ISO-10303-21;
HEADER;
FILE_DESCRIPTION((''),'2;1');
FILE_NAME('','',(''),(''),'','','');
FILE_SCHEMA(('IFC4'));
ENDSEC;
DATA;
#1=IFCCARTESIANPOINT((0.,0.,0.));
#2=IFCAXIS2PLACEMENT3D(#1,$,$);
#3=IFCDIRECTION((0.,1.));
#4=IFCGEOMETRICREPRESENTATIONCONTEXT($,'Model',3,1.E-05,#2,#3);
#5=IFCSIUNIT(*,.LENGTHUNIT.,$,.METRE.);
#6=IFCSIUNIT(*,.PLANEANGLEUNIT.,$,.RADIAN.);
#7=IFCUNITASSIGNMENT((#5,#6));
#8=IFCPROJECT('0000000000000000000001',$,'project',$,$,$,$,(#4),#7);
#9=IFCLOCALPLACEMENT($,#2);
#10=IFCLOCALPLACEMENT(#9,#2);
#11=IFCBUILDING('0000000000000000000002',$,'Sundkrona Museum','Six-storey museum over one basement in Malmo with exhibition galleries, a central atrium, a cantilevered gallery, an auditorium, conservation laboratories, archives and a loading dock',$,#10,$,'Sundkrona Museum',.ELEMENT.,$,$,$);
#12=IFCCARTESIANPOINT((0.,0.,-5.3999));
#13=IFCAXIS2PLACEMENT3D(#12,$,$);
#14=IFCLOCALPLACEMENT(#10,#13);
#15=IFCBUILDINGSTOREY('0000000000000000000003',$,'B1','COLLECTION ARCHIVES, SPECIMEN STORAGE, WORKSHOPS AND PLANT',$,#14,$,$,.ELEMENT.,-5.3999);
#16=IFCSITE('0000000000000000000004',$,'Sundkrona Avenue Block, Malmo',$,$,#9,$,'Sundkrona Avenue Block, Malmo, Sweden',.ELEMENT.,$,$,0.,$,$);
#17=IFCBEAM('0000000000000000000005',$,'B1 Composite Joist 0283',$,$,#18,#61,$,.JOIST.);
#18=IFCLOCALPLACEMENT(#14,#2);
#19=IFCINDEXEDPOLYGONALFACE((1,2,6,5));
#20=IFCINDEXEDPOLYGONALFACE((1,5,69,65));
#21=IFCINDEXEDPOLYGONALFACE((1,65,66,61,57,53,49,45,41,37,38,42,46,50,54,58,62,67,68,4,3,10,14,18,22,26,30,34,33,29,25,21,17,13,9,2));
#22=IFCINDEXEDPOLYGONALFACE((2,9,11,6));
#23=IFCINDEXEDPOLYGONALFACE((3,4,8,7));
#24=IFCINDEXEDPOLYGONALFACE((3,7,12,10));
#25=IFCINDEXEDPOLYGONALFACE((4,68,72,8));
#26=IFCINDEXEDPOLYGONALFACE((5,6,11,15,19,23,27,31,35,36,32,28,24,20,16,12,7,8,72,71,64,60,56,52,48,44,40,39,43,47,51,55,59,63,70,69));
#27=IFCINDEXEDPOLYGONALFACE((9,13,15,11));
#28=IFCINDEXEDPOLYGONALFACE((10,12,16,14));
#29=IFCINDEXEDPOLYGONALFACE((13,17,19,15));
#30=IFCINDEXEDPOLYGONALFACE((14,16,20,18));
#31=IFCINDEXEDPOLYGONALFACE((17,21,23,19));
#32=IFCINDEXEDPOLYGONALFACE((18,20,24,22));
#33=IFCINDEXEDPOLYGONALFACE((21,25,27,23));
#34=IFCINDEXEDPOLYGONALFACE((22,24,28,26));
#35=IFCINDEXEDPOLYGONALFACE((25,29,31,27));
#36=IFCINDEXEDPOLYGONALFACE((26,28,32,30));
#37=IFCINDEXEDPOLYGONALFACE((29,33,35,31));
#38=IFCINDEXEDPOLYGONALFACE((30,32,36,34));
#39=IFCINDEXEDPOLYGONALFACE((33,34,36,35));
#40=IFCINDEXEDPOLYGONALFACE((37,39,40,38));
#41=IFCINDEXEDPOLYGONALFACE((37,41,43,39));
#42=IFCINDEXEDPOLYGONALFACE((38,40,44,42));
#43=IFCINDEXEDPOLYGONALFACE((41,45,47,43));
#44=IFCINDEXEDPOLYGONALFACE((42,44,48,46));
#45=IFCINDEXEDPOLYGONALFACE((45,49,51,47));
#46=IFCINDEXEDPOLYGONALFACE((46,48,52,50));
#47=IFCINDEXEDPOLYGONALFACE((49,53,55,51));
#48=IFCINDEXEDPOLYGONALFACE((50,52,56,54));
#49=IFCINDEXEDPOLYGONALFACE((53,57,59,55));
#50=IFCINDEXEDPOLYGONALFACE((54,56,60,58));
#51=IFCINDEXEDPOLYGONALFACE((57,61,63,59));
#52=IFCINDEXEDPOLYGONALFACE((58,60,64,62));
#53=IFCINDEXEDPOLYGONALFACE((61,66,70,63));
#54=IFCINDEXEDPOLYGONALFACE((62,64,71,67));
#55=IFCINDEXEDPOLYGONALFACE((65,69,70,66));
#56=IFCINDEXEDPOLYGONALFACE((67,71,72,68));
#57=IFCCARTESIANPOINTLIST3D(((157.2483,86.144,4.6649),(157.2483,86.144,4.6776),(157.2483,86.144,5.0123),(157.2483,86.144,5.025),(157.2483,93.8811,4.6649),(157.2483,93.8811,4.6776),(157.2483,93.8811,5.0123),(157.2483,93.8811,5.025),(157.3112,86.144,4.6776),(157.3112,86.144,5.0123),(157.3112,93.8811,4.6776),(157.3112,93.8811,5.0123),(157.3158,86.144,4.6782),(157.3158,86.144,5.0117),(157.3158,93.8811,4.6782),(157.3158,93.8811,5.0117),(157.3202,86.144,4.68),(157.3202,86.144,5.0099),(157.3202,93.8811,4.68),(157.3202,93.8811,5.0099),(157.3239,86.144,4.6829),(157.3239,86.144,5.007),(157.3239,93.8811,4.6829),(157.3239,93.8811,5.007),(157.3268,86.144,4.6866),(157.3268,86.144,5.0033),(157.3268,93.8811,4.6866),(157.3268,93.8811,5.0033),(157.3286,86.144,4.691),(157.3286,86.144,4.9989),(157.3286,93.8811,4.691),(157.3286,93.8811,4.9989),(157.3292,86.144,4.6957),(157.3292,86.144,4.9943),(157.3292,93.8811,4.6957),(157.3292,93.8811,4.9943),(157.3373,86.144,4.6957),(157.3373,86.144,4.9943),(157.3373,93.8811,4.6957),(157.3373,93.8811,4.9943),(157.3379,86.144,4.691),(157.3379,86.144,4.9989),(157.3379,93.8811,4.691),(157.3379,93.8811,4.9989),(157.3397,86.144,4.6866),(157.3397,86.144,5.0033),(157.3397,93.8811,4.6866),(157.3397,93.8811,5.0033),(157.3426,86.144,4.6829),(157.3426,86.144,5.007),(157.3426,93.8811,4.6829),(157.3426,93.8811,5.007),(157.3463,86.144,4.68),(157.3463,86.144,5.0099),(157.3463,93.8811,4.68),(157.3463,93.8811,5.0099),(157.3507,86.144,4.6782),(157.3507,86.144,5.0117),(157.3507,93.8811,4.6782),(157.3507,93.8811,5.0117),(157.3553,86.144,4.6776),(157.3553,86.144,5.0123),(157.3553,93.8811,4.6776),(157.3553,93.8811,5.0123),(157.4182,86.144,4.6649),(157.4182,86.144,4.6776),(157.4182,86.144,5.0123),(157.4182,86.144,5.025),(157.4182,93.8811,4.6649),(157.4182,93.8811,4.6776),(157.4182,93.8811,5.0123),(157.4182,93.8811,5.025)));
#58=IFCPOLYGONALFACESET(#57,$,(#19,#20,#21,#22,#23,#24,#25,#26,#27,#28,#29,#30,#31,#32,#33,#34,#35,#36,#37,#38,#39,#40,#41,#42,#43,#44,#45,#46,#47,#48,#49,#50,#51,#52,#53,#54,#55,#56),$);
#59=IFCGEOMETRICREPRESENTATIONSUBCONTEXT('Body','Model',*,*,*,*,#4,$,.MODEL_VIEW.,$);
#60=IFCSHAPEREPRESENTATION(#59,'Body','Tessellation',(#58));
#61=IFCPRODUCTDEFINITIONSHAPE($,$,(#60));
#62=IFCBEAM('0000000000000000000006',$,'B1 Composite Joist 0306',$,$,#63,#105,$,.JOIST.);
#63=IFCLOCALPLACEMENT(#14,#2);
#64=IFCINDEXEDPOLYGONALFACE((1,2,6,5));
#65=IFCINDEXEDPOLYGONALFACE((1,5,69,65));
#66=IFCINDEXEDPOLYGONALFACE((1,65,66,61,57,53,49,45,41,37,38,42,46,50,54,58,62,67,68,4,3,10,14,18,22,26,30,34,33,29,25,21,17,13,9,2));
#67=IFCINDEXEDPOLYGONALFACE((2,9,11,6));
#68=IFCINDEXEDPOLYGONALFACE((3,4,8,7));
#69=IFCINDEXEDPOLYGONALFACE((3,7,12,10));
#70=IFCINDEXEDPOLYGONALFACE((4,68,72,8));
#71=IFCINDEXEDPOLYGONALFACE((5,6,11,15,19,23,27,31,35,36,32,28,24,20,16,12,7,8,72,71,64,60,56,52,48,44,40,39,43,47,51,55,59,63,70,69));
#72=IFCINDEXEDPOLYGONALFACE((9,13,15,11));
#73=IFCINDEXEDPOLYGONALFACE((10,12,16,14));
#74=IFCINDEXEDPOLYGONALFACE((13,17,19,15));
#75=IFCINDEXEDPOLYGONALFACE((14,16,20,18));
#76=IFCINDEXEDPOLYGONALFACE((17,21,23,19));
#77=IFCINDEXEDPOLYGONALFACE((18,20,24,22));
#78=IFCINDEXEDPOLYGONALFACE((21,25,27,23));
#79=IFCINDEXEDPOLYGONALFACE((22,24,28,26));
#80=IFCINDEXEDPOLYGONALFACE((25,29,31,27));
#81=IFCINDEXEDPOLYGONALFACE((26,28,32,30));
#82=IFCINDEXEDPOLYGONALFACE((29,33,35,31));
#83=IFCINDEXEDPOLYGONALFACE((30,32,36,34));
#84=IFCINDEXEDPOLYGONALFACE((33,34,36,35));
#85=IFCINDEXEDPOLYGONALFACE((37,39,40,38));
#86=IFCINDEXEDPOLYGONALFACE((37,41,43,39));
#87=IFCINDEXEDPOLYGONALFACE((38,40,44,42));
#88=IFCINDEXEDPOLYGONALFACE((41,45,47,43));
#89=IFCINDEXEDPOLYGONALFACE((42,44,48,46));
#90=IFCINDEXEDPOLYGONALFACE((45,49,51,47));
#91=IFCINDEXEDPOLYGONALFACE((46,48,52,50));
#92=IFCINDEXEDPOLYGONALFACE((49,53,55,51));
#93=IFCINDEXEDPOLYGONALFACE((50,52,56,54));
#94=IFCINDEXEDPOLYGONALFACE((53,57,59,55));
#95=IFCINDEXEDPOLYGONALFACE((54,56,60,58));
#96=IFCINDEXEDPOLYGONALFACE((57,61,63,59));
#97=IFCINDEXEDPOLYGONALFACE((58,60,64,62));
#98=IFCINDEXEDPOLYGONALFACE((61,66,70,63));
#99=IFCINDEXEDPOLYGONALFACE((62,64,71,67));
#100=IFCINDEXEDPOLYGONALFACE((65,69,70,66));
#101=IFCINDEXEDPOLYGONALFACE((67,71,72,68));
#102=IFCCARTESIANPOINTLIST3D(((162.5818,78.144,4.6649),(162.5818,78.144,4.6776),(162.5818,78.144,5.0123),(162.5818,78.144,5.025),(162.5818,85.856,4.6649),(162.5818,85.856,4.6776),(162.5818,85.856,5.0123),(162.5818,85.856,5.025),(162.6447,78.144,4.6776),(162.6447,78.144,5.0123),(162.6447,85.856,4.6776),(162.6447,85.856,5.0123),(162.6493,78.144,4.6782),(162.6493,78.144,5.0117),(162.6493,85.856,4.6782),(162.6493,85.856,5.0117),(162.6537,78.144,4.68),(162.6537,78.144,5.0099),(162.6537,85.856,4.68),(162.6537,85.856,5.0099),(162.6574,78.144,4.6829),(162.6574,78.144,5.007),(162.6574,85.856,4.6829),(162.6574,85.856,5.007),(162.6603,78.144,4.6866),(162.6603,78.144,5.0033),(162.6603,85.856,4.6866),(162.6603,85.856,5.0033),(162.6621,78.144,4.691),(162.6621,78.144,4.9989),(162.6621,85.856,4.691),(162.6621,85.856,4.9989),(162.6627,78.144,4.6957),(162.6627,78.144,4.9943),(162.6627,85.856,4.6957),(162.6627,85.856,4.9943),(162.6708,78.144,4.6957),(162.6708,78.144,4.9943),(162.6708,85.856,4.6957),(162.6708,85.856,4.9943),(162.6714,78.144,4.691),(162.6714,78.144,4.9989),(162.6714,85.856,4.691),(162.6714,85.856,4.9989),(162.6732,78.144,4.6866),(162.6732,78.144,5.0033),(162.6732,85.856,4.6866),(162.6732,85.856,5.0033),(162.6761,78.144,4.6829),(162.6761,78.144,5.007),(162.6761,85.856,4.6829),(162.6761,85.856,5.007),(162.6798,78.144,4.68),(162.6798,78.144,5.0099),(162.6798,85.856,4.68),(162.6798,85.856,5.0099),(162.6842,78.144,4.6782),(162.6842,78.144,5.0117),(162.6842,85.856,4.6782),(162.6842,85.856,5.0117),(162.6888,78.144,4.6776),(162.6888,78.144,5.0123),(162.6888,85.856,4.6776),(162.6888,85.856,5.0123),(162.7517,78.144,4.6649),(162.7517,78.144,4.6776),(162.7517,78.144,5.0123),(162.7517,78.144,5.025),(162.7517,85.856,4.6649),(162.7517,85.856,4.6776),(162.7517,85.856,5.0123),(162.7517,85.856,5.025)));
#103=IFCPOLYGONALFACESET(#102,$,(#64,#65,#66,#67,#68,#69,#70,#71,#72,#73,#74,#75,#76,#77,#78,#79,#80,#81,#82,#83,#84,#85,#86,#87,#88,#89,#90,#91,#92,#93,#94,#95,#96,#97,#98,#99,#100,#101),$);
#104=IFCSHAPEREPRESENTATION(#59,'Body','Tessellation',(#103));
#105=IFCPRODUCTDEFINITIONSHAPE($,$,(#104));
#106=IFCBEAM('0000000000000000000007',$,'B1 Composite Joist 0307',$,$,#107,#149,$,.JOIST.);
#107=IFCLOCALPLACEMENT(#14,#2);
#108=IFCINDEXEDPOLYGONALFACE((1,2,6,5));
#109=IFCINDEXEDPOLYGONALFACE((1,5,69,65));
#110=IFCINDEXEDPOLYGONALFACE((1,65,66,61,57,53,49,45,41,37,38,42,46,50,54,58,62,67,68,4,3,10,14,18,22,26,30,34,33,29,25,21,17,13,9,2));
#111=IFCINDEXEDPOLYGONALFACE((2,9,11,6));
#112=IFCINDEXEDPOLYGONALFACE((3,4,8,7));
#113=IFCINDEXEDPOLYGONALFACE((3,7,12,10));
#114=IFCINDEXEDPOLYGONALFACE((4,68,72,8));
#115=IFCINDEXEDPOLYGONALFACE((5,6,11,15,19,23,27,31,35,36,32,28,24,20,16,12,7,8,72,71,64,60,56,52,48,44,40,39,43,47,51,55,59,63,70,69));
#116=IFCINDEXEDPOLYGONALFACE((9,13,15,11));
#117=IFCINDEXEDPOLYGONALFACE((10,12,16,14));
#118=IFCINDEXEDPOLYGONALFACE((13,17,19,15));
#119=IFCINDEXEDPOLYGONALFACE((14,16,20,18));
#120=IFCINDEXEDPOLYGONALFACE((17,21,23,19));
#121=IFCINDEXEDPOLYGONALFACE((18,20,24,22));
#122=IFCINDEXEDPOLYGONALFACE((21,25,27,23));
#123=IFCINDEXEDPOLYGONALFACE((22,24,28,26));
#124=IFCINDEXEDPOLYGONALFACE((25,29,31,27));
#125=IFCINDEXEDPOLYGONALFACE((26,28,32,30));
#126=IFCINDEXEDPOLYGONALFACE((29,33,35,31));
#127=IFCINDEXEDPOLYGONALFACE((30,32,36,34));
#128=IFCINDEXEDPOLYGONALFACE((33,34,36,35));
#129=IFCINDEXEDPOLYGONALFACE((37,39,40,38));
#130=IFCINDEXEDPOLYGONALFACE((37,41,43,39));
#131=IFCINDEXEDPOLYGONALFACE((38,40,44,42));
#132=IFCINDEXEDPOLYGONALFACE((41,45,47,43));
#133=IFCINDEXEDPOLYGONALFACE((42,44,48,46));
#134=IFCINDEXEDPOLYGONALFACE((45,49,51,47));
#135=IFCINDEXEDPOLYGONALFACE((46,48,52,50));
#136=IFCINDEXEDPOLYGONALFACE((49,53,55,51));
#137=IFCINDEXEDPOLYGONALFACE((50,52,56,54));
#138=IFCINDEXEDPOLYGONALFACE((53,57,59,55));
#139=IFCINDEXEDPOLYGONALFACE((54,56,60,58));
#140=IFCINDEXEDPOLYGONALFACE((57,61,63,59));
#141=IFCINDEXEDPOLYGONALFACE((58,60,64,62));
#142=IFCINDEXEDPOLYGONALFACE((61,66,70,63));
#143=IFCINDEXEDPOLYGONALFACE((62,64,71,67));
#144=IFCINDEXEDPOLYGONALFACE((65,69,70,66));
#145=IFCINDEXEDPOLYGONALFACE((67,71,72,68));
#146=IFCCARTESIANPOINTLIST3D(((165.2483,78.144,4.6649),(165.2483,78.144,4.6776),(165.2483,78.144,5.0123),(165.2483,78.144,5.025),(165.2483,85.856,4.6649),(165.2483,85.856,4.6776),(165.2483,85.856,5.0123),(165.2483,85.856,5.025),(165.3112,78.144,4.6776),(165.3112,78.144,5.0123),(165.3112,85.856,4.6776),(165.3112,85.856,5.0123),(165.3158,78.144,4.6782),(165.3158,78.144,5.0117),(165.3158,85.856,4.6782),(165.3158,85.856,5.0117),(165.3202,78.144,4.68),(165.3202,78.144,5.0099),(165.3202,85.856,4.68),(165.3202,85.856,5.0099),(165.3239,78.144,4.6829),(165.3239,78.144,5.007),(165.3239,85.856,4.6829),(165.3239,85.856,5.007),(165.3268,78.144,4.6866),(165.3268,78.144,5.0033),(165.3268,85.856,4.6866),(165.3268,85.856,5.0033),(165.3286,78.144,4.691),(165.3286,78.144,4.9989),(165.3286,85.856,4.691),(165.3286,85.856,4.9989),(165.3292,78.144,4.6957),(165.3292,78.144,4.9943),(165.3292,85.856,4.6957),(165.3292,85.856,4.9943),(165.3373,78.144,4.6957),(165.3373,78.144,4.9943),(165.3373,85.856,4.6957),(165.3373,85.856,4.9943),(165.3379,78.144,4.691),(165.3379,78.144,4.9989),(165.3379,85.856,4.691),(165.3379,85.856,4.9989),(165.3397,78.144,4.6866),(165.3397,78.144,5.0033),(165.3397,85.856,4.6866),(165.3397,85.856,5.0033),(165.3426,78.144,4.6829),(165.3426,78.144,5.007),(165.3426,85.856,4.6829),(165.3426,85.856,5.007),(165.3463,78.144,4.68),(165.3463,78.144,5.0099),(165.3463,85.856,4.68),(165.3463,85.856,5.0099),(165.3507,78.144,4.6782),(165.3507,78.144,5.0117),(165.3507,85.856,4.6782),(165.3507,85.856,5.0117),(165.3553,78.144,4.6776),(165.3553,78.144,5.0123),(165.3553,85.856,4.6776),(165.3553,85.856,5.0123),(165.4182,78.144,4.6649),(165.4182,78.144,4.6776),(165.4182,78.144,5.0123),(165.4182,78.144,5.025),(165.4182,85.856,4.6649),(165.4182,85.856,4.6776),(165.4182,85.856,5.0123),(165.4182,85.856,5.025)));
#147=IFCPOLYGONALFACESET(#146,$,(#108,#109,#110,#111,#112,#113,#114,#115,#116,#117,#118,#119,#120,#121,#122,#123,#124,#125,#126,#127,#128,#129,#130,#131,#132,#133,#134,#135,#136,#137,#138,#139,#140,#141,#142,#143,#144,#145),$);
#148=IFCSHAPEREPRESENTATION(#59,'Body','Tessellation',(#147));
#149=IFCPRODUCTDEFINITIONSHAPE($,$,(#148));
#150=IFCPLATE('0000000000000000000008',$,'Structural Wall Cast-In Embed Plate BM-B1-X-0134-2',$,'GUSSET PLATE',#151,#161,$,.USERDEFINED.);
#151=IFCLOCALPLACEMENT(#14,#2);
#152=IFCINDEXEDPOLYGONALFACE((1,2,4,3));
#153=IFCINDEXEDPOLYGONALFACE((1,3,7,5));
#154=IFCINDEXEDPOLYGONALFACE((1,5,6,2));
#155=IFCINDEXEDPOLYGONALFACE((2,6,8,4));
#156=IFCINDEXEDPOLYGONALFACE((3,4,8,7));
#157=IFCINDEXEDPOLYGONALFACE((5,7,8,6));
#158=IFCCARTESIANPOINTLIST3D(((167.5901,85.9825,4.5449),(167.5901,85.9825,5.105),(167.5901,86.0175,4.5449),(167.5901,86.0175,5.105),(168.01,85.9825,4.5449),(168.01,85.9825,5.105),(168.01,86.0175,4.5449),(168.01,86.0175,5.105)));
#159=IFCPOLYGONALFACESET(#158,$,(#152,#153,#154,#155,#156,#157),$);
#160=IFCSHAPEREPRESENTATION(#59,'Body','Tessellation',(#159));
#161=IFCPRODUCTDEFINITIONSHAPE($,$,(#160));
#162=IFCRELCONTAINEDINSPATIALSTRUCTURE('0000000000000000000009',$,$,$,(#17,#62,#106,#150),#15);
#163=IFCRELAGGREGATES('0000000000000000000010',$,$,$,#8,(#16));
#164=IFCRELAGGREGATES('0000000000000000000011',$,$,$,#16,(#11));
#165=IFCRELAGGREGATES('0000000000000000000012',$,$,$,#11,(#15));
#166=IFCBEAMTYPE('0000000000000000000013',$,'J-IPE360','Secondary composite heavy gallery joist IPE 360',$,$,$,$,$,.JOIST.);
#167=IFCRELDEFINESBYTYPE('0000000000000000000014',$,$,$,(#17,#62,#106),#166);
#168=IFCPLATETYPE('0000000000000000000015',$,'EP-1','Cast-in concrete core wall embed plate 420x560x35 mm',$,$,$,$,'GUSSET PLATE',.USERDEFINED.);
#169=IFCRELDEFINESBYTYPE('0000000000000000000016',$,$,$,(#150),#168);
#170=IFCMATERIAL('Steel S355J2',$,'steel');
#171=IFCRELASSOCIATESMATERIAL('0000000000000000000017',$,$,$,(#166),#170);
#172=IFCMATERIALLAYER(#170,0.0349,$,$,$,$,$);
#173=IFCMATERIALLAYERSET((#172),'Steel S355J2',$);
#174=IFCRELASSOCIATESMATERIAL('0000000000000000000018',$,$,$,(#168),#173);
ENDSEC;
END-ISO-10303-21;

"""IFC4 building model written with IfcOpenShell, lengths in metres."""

from ifc_helpers import new_model, si_unit, direction, frame, origin, origin_2d, place, context, subcontext, project, spatial, rectangle, i_section, extrude, material, layer, layer_set, material_profile, profile_set, type_object, element, save


model = new_model("IFC4")

# Units and contexts
model_context = context("Model", 3, precision=1e-05, world=origin(), true_north=direction((0.0, 1.0)))
body_context = subcontext(model_context, "Body", "Model", "MODEL_VIEW")
ifc_project = project(units=[si_unit("LENGTHUNIT", "METRE"), si_unit("PLANEANGLEUNIT", "RADIAN")], contexts=[model_context])

# Site, building, storey
site_placement = place(None, origin())
site = spatial("IfcSite", under=ifc_project, at=site_placement, Name="Sundkrona Avenue Block, Malmo", LongName="Sundkrona Avenue Block, Malmo, Sweden", CompositionType="ELEMENT", RefElevation=0.0)
building_placement = place(site_placement, origin())
building = spatial("IfcBuilding", under=site, at=building_placement, Name="Sundkrona Museum", Description="Six-storey museum over one basement in Malmo with exhibition galleries, a central atrium, a cantilevered gallery, an auditorium, conservation laboratories, archives and a loading dock", LongName="Sundkrona Museum", CompositionType="ELEMENT")
storey_placement = place(building_placement, frame((0.0, 0.0, -5.3999)))
storey = spatial("IfcBuildingStorey", under=building, at=storey_placement, Name="B1", Description="COLLECTION ARCHIVES, SPECIMEN STORAGE, WORKSHOPS AND PLANT", CompositionType="ELEMENT", Elevation=-5.3999)

# Beams
ifc_material_1 = material(Name="Steel S355J2", Category="steel")
ifc_material_profile_1 = material_profile(ifc_material_1, i_section(OverallWidth=0.1699, OverallDepth=0.3601, WebThickness=0.0081, FlangeThickness=0.0127, FilletRadius=0.0181, at=origin_2d()), Name="IPE 360")
ifc_profile_set_1 = profile_set([ifc_material_profile_1], Name="Steel S355J2")
beam_type_1 = type_object("IfcBeamType", Name="J-IPE360", Description="Secondary composite heavy gallery joist IPE 360", PredefinedType="JOIST", material=ifc_profile_set_1)
beam_1_placement = place(storey_placement, frame((157.3333, 86.144, 4.845), z_axis=(0.0, 1.0, 0.0), x_axis=(-1.0, 0.0, 0.0)))
element("IfcBeam", 1, at=beam_1_placement, inside=storey, type_object=beam_type_1, Name="B1 Composite Joist 0283", PredefinedType="JOIST", context=body_context, shape_type="SweptSolid", body=[
    extrude(i_section(OverallWidth=0.1699, OverallDepth=0.3601, WebThickness=0.0081, FlangeThickness=0.0127, FilletRadius=0.0181, at=origin_2d()), origin(), (0.0, 0.0, 1.0), 7.7371),
])
for number, where, z_axis, x_axis, name in (
    (2, (162.6667, 78.144, 4.845), (0.0, 1.0, 0.0), (-1.0, 0.0, 0.0), "B1 Composite Joist 0306"),
    (3, (165.3333, 78.144, 4.845), (0.0, 1.0, 0.0), (-1.0, 0.0, 0.0), "B1 Composite Joist 0307"),
):
    element("IfcBeam", number, at=place(storey_placement, frame(where, z_axis=z_axis, x_axis=x_axis)), inside=storey, type_object=beam_type_1, Name=name, PredefinedType="JOIST", context=body_context, shape_type="SweptSolid", body=[
        extrude(i_section(OverallWidth=0.1699, OverallDepth=0.3601, WebThickness=0.0081, FlangeThickness=0.0127, FilletRadius=0.0181, at=origin_2d()), origin(), (0.0, 0.0, 1.0), 7.7119),
    ])

# Plate
ifc_layer = layer(ifc_material_1, 0.0349)
ifc_layer_set = layer_set([ifc_layer], Name="Steel S355J2")
plate_type = type_object("IfcPlateType", Name="EP-1", Description="Cast-in concrete core wall embed plate 420x560x35 mm", ElementType="GUSSET PLATE", PredefinedType="USERDEFINED", material=ifc_layer_set)
plate_placement = place(storey_placement, frame((167.8, 86.0, 4.5449), z_axis=(0.0, 0.0, 1.0), x_axis=(1.0, 0.0, 0.0)))
element("IfcPlate", 4, at=plate_placement, inside=storey, type_object=plate_type, Name="Structural Wall Cast-In Embed Plate BM-B1-X-0134-2", ObjectType="GUSSET PLATE", PredefinedType="USERDEFINED", context=body_context, shape_type="SweptSolid", body=[
    extrude(rectangle(XDim=0.4199, YDim=0.0349, at=origin_2d()), origin(), (0.0, 0.0, 1.0), 0.5601),
])

save(model, "model.ifc")
